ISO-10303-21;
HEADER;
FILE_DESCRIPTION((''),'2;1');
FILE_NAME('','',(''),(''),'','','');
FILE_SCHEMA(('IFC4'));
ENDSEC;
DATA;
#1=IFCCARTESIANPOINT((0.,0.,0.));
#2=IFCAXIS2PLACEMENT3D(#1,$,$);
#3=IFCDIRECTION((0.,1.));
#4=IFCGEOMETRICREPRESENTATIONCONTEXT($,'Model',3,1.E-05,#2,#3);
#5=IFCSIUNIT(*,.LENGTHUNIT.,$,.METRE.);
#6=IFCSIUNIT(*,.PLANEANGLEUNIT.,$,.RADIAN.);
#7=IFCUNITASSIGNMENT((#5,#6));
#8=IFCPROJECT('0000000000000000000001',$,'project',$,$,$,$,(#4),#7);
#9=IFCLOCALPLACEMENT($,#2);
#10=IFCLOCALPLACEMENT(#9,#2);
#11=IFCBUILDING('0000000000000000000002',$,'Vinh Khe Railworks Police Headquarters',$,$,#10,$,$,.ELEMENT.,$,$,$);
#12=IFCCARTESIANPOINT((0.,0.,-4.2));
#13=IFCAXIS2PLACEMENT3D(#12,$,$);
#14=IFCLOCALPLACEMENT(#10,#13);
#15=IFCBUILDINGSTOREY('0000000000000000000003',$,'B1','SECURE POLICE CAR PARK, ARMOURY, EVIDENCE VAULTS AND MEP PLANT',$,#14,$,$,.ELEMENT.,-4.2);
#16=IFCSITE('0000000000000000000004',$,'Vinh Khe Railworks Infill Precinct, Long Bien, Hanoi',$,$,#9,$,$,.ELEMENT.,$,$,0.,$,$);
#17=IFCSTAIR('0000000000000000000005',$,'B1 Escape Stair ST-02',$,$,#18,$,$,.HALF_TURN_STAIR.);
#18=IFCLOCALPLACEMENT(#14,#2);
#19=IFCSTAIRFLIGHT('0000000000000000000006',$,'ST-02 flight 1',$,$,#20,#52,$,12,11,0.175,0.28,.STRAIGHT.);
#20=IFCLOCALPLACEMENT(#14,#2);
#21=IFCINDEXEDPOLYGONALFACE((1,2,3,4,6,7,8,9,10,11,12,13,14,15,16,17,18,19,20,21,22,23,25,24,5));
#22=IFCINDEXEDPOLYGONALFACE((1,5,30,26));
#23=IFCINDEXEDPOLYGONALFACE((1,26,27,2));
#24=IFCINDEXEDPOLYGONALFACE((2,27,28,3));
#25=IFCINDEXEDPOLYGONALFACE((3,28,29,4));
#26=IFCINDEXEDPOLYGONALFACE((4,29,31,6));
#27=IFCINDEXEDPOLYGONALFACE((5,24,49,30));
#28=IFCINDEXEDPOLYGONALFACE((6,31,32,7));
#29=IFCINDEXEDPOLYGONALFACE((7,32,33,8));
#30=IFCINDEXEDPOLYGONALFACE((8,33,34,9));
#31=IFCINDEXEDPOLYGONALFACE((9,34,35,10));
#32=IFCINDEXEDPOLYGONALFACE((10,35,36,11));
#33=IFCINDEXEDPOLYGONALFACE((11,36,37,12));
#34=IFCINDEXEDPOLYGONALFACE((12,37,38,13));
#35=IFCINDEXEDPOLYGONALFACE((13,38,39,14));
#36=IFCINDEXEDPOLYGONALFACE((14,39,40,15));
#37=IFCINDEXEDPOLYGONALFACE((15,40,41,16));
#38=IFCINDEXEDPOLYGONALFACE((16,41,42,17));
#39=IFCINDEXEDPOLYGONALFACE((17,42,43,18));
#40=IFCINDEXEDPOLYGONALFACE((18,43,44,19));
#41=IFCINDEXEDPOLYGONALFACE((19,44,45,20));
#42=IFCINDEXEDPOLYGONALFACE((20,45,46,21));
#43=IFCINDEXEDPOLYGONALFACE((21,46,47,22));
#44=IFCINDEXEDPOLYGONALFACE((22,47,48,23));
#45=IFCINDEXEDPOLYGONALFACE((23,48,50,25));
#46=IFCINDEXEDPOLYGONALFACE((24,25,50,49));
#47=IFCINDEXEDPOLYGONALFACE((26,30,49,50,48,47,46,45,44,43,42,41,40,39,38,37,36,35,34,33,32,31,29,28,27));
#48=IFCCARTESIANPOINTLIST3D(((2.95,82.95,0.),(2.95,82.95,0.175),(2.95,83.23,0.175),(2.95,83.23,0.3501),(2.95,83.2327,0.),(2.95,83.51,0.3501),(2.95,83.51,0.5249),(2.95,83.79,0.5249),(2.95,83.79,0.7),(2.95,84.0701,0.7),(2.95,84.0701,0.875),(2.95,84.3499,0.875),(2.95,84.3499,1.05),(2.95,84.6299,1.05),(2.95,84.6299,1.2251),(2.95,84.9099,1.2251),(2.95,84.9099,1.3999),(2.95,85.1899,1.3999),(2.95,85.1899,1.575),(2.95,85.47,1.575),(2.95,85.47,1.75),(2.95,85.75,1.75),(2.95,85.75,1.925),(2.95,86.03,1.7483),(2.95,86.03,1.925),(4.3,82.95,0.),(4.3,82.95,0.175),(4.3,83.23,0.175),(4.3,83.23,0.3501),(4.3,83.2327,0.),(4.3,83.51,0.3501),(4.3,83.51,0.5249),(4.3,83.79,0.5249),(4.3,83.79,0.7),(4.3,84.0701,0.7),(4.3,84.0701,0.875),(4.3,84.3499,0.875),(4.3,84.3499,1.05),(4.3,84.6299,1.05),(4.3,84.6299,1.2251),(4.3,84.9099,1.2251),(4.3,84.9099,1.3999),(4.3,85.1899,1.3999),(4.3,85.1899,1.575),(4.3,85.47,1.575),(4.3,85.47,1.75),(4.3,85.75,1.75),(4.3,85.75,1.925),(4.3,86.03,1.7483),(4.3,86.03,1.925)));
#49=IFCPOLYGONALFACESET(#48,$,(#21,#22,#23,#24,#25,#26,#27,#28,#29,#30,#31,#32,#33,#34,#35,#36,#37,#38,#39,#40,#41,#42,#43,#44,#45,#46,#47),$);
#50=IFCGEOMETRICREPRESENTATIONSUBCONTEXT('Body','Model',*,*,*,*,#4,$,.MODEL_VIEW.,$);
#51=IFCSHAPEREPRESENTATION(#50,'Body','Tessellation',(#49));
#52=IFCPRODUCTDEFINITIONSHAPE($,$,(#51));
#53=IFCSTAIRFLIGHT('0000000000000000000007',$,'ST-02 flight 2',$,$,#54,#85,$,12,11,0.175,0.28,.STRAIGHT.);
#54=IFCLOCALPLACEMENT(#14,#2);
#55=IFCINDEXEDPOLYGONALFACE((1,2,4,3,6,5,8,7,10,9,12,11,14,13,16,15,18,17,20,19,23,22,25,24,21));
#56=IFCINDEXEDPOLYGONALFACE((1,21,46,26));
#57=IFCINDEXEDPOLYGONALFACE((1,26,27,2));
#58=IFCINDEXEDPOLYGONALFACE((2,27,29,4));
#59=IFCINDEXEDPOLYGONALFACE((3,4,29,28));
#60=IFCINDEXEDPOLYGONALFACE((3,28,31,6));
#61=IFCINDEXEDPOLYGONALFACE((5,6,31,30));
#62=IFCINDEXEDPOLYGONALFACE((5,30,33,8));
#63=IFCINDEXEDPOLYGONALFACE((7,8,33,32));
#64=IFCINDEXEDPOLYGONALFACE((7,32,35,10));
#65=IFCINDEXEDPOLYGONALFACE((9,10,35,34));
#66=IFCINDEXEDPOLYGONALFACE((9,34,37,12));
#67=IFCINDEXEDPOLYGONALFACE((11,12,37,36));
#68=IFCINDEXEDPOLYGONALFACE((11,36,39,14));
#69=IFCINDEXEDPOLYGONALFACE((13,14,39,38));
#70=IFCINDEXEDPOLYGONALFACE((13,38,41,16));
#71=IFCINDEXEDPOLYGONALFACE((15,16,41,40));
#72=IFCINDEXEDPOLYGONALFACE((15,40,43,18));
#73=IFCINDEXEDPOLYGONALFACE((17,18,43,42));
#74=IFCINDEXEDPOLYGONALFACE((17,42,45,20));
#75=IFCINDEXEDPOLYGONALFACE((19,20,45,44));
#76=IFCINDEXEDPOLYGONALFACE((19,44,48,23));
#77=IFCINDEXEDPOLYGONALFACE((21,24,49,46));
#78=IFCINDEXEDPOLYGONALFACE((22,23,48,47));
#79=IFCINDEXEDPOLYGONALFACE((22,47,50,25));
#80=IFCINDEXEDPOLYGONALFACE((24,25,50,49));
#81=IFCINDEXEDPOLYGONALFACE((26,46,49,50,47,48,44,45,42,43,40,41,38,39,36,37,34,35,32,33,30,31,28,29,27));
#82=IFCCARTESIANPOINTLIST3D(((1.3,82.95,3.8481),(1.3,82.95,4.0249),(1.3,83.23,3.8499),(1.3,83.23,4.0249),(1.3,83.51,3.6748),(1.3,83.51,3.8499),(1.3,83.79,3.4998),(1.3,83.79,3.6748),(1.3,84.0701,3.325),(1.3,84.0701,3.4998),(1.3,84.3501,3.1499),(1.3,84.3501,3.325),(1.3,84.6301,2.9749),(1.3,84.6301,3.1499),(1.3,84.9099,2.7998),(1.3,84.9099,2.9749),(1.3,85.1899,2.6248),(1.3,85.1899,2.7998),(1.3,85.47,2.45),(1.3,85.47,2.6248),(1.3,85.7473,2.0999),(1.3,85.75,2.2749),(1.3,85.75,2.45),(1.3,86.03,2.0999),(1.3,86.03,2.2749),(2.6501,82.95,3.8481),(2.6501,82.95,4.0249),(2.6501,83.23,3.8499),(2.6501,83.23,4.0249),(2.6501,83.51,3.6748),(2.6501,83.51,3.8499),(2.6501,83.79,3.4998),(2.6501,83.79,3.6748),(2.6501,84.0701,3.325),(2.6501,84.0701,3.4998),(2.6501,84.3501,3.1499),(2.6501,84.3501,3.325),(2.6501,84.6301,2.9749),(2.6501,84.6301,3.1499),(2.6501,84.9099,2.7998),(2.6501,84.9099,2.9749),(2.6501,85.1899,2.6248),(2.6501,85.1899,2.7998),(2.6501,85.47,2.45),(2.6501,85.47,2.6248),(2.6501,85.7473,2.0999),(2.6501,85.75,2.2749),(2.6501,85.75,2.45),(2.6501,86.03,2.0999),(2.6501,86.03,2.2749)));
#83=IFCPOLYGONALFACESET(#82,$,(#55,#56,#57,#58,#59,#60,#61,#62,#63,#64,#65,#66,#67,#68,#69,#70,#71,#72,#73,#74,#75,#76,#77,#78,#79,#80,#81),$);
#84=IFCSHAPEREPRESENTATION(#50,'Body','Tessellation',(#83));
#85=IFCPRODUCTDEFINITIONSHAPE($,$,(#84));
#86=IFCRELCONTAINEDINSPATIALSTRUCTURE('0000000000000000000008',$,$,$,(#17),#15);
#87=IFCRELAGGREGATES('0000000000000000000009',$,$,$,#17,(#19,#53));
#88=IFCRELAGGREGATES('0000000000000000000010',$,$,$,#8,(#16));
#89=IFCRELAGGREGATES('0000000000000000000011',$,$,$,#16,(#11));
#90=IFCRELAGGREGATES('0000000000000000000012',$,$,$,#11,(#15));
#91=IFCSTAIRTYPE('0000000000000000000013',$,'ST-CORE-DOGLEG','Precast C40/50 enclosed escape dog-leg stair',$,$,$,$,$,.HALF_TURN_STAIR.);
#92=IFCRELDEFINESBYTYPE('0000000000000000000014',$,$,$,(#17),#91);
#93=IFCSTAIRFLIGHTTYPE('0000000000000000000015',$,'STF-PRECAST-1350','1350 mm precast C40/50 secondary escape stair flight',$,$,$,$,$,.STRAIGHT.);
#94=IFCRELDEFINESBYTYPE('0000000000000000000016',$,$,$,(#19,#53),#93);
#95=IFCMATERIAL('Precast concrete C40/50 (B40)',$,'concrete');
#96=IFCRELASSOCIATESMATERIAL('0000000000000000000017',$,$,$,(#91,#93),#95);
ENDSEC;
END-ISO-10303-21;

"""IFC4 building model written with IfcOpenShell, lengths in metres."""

from ifc_helpers import new_model, si_unit, direction, frame, origin, place, context, subcontext, project, spatial, polyline, outline, extrude, material, type_object, element, aggregate, save


model = new_model("IFC4")

# Units and contexts
model_context = context("Model", 3, precision=1e-05, world=origin(), true_north=direction((0.0, 1.0)))
body_context = subcontext(model_context, "Body", "Model", "MODEL_VIEW")
ifc_project = project(units=[si_unit("LENGTHUNIT", "METRE"), si_unit("PLANEANGLEUNIT", "RADIAN")], contexts=[model_context])

# Site, building, storey
site_placement = place(None, origin())
site = spatial("IfcSite", under=ifc_project, at=site_placement, Name="Vinh Khe Railworks Infill Precinct, Long Bien, Hanoi", CompositionType="ELEMENT", RefElevation=0.0)
building_placement = place(site_placement, origin())
building = spatial("IfcBuilding", under=site, at=building_placement, Name="Vinh Khe Railworks Police Headquarters", CompositionType="ELEMENT")
storey_placement = place(building_placement, frame((0.0, 0.0, -4.2)))
storey = spatial("IfcBuildingStorey", under=building, at=storey_placement, Name="B1", Description="SECURE POLICE CAR PARK, ARMOURY, EVIDENCE VAULTS AND MEP PLANT", CompositionType="ELEMENT", Elevation=-4.2)

# Stair, stair flights
ifc_material_1 = material(Name="Precast concrete C40/50 (B40)", Category="concrete")
stair_type = type_object("IfcStairType", Name="ST-CORE-DOGLEG", Description="Precast C40/50 enclosed escape dog-leg stair", PredefinedType="HALF_TURN_STAIR", material=ifc_material_1)
stair_placement = place(storey_placement, origin())
stair = element("IfcStair", 1, at=stair_placement, inside=storey, type_object=stair_type, Name="B1 Escape Stair ST-02", PredefinedType="HALF_TURN_STAIR")
stair_flight_type = type_object("IfcStairFlightType", Name="STF-PRECAST-1350", Description="1350 mm precast C40/50 secondary escape stair flight", PredefinedType="STRAIGHT", material=ifc_material_1)
stair_flight_1_placement = place(storey_placement, frame((3.625, 82.95, 0.0), z_axis=(0.0, 0.0, 1.0), x_axis=(0.0, 1.0, 0.0)))
stair_flight_1 = element("IfcStairFlight", 2, at=stair_flight_1_placement, type_object=stair_flight_type, Name="ST-02 flight 1", NumberOfRisers=12, NumberOfTreads=11, PredefinedType="STRAIGHT", RiserHeight=0.175, TreadLength=0.28, context=body_context, shape_type="SweptSolid", body=[
    extrude(outline(polyline([(0.0, 0.0), (0.0, 0.175), (0.28, 0.175), (0.28, 0.3501), (0.5601, 0.3501), (0.5601, 0.5249), (0.8401, 0.5249), (0.8401, 0.7), (1.1201, 0.7), (1.1201, 0.875), (1.3999, 0.875), (1.3999, 1.05), (1.6799, 1.05), (1.6799, 1.2251), (1.96, 1.2251), (1.96, 1.3999), (2.24, 1.3999), (2.24, 1.575), (2.52, 1.575), (2.52, 1.75), (2.8, 1.75), (2.8, 1.925), (3.0801, 1.925), (3.0801, 2.1001), (3.0801, 1.7483), (0.2827, 0.0), (0.0, 0.0)])), frame((0.0, 0.675, 0.0), z_axis=(0.0, -1.0, 0.0), x_axis=(1.0, 0.0, 0.0)), (0.0, 0.0, 1.0), 1.3501),
])
stair_flight_2_placement = place(storey_placement, frame((1.9751, 86.03, 2.0999), z_axis=(0.0, 0.0, 1.0), x_axis=(0.0, -1.0, 0.0)))
stair_flight_2 = element("IfcStairFlight", 3, at=stair_flight_2_placement, type_object=stair_flight_type, Name="ST-02 flight 2", NumberOfRisers=12, NumberOfTreads=11, PredefinedType="STRAIGHT", RiserHeight=0.175, TreadLength=0.28, context=body_context, shape_type="SweptSolid", body=[
    extrude(outline(polyline([(0.0, 0.0), (0.0, 0.175), (0.28, 0.175), (0.28, 0.3501), (0.5601, 0.3501), (0.5601, 0.5249), (0.8401, 0.5249), (0.8401, 0.7), (1.1201, 0.7), (1.1201, 0.875), (1.3999, 0.875), (1.3999, 1.05), (1.6799, 1.05), (1.6799, 1.2251), (1.96, 1.2251), (1.96, 1.3999), (2.24, 1.3999), (2.24, 1.575), (2.52, 1.575), (2.52, 1.75), (2.8, 1.75), (2.8, 1.925), (3.0801, 1.925), (3.0801, 2.1001), (3.0801, 1.7483), (0.2827, 0.0), (0.0, 0.0)])), frame((0.0, 0.675, 0.0), z_axis=(0.0, -1.0, 0.0), x_axis=(1.0, 0.0, 0.0)), (0.0, 0.0, 1.0), 1.3501),
])
aggregate(stair, [stair_flight_1, stair_flight_2])

save(model, "model.ifc")
